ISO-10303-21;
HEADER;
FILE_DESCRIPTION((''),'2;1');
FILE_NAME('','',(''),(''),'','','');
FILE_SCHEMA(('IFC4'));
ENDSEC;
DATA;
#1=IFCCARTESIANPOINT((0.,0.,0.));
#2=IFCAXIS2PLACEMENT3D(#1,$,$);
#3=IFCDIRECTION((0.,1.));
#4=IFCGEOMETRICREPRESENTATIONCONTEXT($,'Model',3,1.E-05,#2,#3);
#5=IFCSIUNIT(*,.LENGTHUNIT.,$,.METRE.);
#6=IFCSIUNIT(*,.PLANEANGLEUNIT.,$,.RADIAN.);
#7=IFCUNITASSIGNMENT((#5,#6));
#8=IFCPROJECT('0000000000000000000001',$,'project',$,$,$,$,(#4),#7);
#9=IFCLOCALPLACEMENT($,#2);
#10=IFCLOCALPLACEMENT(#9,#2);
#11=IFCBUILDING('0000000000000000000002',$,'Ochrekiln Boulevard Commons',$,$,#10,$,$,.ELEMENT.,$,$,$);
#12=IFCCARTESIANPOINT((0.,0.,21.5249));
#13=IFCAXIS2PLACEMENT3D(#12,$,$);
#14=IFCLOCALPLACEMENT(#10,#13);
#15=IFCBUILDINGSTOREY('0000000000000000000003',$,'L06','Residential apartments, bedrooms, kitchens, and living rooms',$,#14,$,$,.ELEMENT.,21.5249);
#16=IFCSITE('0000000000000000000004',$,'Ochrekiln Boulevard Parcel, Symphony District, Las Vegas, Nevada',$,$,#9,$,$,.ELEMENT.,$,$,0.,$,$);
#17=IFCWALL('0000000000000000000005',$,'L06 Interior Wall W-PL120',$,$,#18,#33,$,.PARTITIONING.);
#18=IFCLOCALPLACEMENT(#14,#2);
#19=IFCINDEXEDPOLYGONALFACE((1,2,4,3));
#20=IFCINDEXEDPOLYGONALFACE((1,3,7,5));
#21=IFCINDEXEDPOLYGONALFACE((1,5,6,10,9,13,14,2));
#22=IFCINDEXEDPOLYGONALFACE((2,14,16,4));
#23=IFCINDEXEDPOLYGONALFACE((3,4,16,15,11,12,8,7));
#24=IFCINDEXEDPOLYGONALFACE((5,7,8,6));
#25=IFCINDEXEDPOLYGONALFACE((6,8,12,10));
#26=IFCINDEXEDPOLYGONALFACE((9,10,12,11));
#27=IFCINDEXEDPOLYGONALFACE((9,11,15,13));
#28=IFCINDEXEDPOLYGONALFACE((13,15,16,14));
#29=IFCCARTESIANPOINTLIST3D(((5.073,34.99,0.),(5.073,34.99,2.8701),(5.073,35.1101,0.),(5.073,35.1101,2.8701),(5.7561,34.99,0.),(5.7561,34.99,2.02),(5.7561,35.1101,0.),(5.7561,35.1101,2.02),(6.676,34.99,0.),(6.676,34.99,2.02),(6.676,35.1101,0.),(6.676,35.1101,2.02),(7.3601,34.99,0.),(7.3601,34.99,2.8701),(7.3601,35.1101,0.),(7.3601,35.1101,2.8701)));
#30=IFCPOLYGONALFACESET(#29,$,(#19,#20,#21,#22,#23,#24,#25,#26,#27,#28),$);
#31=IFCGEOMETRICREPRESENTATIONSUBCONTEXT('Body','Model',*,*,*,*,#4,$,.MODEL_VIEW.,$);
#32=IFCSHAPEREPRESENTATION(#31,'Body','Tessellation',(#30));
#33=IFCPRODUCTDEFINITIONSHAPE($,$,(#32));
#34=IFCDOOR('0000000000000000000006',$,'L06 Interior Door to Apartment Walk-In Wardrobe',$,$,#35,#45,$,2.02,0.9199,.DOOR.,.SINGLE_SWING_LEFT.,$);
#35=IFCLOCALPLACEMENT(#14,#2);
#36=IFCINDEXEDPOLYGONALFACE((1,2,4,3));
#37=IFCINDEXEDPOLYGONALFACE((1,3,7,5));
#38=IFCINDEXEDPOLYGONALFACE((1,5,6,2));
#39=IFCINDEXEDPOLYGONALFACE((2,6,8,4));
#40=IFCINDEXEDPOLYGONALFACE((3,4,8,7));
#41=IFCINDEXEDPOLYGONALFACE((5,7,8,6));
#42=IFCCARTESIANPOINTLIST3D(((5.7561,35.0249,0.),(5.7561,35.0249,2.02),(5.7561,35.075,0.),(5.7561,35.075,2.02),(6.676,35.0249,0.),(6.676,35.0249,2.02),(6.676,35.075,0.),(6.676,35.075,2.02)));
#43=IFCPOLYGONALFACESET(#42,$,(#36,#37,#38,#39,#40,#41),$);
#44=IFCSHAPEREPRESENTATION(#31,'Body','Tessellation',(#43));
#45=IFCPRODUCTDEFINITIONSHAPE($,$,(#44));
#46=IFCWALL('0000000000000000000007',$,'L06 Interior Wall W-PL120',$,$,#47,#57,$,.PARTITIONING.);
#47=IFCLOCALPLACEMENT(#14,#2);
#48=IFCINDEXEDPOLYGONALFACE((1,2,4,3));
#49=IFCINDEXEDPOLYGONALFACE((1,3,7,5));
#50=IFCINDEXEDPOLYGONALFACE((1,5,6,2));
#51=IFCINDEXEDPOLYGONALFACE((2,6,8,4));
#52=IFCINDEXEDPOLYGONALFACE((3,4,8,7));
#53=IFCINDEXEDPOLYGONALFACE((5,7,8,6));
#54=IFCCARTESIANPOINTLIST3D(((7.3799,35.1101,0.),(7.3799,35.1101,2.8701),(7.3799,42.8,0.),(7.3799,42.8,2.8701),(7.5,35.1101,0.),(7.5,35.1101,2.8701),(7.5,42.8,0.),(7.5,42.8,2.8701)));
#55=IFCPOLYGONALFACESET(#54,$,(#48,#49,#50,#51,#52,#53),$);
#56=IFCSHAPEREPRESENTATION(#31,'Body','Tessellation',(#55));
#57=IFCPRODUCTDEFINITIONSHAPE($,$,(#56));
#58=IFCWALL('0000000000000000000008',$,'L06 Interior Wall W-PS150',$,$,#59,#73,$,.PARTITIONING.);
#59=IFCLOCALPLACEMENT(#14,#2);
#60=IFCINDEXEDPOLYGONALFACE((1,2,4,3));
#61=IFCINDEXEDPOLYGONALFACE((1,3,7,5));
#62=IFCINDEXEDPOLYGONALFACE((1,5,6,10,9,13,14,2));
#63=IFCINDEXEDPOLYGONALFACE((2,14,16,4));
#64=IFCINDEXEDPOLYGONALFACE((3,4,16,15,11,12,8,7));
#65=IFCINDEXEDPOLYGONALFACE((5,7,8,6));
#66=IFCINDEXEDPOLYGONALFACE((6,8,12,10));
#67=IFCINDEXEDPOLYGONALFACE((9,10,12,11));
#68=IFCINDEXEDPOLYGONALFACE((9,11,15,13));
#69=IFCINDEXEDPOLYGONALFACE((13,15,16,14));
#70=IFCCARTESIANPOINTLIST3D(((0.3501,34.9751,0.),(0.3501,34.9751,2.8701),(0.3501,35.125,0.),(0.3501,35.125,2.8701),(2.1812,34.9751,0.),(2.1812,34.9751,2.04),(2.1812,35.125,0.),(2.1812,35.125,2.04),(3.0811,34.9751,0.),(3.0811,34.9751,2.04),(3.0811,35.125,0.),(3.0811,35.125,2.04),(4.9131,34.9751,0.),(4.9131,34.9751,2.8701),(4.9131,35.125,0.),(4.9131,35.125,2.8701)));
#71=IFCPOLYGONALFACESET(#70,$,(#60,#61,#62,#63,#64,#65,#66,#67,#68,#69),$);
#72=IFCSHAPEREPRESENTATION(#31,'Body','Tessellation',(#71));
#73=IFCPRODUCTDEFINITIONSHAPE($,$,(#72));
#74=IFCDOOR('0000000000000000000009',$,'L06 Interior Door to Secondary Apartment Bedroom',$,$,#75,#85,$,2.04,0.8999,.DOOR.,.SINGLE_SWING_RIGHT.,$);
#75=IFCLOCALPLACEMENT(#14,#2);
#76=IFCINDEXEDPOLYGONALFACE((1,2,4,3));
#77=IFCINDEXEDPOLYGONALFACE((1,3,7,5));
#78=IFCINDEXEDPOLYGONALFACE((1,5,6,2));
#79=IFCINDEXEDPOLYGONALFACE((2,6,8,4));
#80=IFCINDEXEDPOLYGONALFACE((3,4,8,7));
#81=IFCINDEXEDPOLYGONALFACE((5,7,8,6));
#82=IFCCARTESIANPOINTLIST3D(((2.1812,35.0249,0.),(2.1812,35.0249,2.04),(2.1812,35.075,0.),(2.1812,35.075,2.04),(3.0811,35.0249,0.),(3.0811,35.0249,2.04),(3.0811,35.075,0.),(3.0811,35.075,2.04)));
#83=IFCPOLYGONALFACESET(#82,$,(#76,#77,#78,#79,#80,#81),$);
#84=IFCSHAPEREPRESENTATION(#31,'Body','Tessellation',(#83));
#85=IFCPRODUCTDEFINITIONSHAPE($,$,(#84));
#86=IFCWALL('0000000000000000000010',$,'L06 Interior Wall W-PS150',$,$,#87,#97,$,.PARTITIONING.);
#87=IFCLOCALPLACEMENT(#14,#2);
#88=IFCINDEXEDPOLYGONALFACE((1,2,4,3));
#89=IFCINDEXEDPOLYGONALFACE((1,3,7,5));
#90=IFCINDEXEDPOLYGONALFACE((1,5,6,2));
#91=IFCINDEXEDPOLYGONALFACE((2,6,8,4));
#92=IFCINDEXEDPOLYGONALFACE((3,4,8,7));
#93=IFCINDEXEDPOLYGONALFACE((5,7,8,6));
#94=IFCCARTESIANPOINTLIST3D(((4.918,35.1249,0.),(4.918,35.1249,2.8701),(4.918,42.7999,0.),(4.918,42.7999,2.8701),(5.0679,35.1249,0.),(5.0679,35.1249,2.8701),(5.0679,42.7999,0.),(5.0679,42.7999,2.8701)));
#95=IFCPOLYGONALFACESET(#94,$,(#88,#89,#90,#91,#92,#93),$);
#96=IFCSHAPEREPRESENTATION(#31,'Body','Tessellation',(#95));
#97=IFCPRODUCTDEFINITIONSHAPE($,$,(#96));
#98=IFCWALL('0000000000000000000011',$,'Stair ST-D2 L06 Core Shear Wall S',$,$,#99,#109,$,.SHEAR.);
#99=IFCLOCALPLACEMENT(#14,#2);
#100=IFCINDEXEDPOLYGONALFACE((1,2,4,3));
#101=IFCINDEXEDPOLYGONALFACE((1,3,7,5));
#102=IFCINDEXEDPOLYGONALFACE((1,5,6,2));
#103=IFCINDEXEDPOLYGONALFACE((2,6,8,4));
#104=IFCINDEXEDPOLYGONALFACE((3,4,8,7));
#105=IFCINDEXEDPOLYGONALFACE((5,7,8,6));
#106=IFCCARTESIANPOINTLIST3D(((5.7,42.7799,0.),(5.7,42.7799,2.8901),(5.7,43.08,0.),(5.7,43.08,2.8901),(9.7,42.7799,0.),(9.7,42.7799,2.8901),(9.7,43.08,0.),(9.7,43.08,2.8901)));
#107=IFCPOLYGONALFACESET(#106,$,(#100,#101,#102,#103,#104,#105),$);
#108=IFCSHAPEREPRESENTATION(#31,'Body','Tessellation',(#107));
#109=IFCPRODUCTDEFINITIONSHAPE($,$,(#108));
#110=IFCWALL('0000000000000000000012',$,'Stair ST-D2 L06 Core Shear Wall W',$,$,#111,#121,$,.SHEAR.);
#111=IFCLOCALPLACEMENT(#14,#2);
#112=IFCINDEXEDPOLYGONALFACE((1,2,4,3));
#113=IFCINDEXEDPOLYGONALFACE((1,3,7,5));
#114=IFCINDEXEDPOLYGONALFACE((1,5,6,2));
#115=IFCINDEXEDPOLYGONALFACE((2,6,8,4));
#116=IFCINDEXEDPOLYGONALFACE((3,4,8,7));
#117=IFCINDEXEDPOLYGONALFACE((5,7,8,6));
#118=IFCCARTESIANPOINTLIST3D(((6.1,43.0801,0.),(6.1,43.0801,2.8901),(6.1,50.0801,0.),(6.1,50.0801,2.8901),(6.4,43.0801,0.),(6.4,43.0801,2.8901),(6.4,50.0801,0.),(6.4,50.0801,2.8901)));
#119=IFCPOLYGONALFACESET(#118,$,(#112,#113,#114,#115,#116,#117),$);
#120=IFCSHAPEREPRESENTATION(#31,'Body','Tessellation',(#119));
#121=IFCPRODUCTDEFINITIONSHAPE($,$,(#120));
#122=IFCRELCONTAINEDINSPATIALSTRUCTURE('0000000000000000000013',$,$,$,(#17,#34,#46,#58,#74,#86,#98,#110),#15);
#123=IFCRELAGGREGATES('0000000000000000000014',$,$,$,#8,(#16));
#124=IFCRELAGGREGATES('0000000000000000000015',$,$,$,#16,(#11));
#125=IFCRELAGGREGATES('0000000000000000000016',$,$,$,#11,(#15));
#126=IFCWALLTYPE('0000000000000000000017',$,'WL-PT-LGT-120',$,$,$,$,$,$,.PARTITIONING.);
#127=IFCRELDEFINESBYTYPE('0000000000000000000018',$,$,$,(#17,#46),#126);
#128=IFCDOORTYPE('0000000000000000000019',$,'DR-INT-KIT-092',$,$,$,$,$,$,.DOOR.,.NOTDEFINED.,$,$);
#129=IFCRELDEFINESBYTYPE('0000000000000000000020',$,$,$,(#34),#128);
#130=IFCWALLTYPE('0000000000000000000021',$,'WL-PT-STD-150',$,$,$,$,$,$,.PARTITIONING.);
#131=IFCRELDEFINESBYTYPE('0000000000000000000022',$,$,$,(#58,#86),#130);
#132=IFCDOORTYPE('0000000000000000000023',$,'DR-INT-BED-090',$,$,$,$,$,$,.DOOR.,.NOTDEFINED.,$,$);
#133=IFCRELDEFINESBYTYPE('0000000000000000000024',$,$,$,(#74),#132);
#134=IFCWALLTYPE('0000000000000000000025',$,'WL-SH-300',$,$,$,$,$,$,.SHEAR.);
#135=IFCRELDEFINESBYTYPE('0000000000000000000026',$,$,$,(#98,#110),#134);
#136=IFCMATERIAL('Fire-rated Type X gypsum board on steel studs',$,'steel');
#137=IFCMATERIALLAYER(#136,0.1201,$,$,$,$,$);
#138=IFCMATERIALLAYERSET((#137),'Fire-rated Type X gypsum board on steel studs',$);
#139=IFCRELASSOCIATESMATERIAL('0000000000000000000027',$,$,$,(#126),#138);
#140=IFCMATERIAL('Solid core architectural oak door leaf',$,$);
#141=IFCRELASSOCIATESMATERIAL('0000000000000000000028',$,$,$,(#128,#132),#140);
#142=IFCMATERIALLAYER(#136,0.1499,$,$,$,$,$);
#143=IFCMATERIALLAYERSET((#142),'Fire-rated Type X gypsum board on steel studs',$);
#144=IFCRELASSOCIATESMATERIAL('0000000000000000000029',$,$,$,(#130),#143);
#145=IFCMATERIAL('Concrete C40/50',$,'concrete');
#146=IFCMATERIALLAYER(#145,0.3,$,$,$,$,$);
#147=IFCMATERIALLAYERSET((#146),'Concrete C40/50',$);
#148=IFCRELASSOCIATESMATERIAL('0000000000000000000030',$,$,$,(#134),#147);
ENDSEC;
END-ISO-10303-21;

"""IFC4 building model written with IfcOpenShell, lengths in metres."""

from ifc_helpers import new_model, si_unit, direction, frame, frame_2d, origin, place, context, subcontext, project, spatial, rectangle, extrude, material, layer, layer_set, type_object, element, fill, save


model = new_model("IFC4")

# Units and contexts
model_context = context("Model", 3, precision=1e-05, world=origin(), true_north=direction((0.0, 1.0)))
body_context = subcontext(model_context, "Body", "Model", "MODEL_VIEW")
ifc_project = project(units=[si_unit("LENGTHUNIT", "METRE"), si_unit("PLANEANGLEUNIT", "RADIAN")], contexts=[model_context])

# Site, building, storey
site_placement = place(None, origin())
site = spatial("IfcSite", under=ifc_project, at=site_placement, Name="Ochrekiln Boulevard Parcel, Symphony District, Las Vegas, Nevada", CompositionType="ELEMENT", RefElevation=0.0)
building_placement = place(site_placement, origin())
building = spatial("IfcBuilding", under=site, at=building_placement, Name="Ochrekiln Boulevard Commons", CompositionType="ELEMENT")
storey_placement = place(building_placement, frame((0.0, 0.0, 21.5249)))
storey = spatial("IfcBuildingStorey", under=building, at=storey_placement, Name="L06", Description="Residential apartments, bedrooms, kitchens, and living rooms", CompositionType="ELEMENT", Elevation=21.5249)

# Shared definitions
ifc_material_1 = material(Name="Concrete C40/50", Category="concrete")

# Wall, opening, door
ifc_material_2 = material(Name="Solid core architectural oak door leaf")
ifc_material_3 = material(Name="Fire-rated Type X gypsum board on steel studs", Category="steel")
ifc_layer_1 = layer(ifc_material_3, 0.1201)
ifc_layer_set_1 = layer_set([ifc_layer_1], Name="Fire-rated Type X gypsum board on steel studs")
wall_type_1 = type_object("IfcWallType", Name="WL-PT-LGT-120", PredefinedType="PARTITIONING", material=ifc_layer_set_1)
door_type_1 = type_object("IfcDoorType", Name="DR-INT-KIT-092", OperationType="NOTDEFINED", PredefinedType="DOOR", material=ifc_material_2)
wall_1_placement = place(storey_placement, frame((5.073, 35.05, 0.0), z_axis=(0.0, 0.0, 1.0), x_axis=(1.0, 0.0, 0.0)))
wall_1 = element("IfcWall", 1, at=wall_1_placement, inside=storey, type_object=wall_type_1, Name="L06 Interior Wall W-PL120", PredefinedType="PARTITIONING", context=body_context, shape_type="SweptSolid", body=[
    extrude(rectangle(XDim=2.2871, YDim=0.1201, at=frame_2d((1.1436, 0.0))), origin(), (0.0, 0.0, 1.0), 2.8701),
])
opening_1_placement = place(wall_1_placement, frame((0.6831, 0.0, 0.0)))
opening_1 = element("IfcOpeningElement", 2, at=opening_1_placement, cuts=wall_1, PredefinedType="OPENING", context=body_context, shape_type="SweptSolid", body=[
    extrude(rectangle(XDim=0.9199, YDim=2.02, at=frame_2d((0.46, 1.01))), frame((0.0, 0.0701, 0.0), z_axis=(0.0, -1.0, 0.0), x_axis=(1.0, 0.0, 0.0)), (0.0, 0.0, 1.0), 0.1401),
])
door_1_placement = place(opening_1_placement, origin())
door_1 = element("IfcDoor", 3, at=door_1_placement, inside=storey, type_object=door_type_1, Name="L06 Interior Door to Apartment Walk-In Wardrobe", OperationType="SINGLE_SWING_LEFT", OverallHeight=2.02, OverallWidth=0.9199, PredefinedType="DOOR", context=body_context, shape_type="SweptSolid", body=[
    extrude(rectangle(XDim=0.9199, YDim=2.02, at=frame_2d((0.46, 1.01))), frame((0.0, 0.0249, 0.0), z_axis=(0.0, -1.0, 0.0), x_axis=(1.0, 0.0, 0.0)), (0.0, 0.0, 1.0), 0.05),
])
fill(opening_1, door_1)

# Wall
wall_2_placement = place(storey_placement, frame((7.4399, 35.1101, 0.0), z_axis=(0.0, 0.0, 1.0), x_axis=(0.0, 1.0, 0.0)))
element("IfcWall", 4, at=wall_2_placement, inside=storey, type_object=wall_type_1, Name="L06 Interior Wall W-PL120", PredefinedType="PARTITIONING", context=body_context, shape_type="SweptSolid", body=[
    extrude(rectangle(XDim=7.6899, YDim=0.1201, at=frame_2d((3.845, 0.0))), origin(), (0.0, 0.0, 1.0), 2.8701),
])

# Wall, opening, door
ifc_layer_2 = layer(ifc_material_3, 0.1499)
ifc_layer_set_2 = layer_set([ifc_layer_2], Name="Fire-rated Type X gypsum board on steel studs")
wall_type_2 = type_object("IfcWallType", Name="WL-PT-STD-150", PredefinedType="PARTITIONING", material=ifc_layer_set_2)
wall_3_placement = place(storey_placement, frame((0.3501, 35.05, 0.0), z_axis=(0.0, 0.0, 1.0), x_axis=(1.0, 0.0, 0.0)))
wall_3 = element("IfcWall", 5, at=wall_3_placement, inside=storey, type_object=wall_type_2, Name="L06 Interior Wall W-PS150", PredefinedType="PARTITIONING", context=body_context, shape_type="SweptSolid", body=[
    extrude(rectangle(XDim=4.563, YDim=0.1499, at=frame_2d((2.2815, 0.0))), origin(), (0.0, 0.0, 1.0), 2.8701),
])
opening_2_placement = place(wall_3_placement, frame((1.8311, 0.0, 0.0)))
opening_2 = element("IfcOpeningElement", 6, at=opening_2_placement, cuts=wall_3, PredefinedType="OPENING", context=body_context, shape_type="SweptSolid", body=[
    extrude(rectangle(XDim=0.8999, YDim=2.04, at=frame_2d((0.45, 1.02))), frame((0.0, 0.085, 0.0), z_axis=(0.0, -1.0, 0.0), x_axis=(1.0, 0.0, 0.0)), (0.0, 0.0, 1.0), 0.1699),
])
door_type_2 = type_object("IfcDoorType", Name="DR-INT-BED-090", OperationType="NOTDEFINED", PredefinedType="DOOR", material=ifc_material_2)
door_2_placement = place(opening_2_placement, origin())
door_2 = element("IfcDoor", 7, at=door_2_placement, inside=storey, type_object=door_type_2, Name="L06 Interior Door to Secondary Apartment Bedroom", OperationType="SINGLE_SWING_RIGHT", OverallHeight=2.04, OverallWidth=0.8999, PredefinedType="DOOR", context=body_context, shape_type="SweptSolid", body=[
    extrude(rectangle(XDim=0.8999, YDim=2.04, at=frame_2d((0.45, 1.02))), frame((0.0, 0.0249, 0.0), z_axis=(0.0, -1.0, 0.0), x_axis=(1.0, 0.0, 0.0)), (0.0, 0.0, 1.0), 0.05),
])
fill(opening_2, door_2)

# Walls
wall_4_placement = place(storey_placement, frame((4.9929, 35.125, 0.0), z_axis=(0.0, 0.0, 1.0), x_axis=(0.0, 1.0, 0.0)))
element("IfcWall", 8, at=wall_4_placement, inside=storey, type_object=wall_type_2, Name="L06 Interior Wall W-PS150", PredefinedType="PARTITIONING", context=body_context, shape_type="SweptSolid", body=[
    extrude(rectangle(XDim=7.675, YDim=0.1499, at=frame_2d((3.8374, 0.0))), origin(), (0.0, 0.0, 1.0), 2.8701),
])
ifc_layer_3 = layer(ifc_material_1, 0.3)
ifc_layer_set_3 = layer_set([ifc_layer_3], Name="Concrete C40/50")
wall_type_3 = type_object("IfcWallType", Name="WL-SH-300", PredefinedType="SHEAR", material=ifc_layer_set_3)
wall_5_placement = place(storey_placement, frame((5.7, 42.9299, 0.0), z_axis=(0.0, 0.0, 1.0), x_axis=(1.0, 0.0, 0.0)))
element("IfcWall", 9, at=wall_5_placement, inside=storey, type_object=wall_type_3, Name="Stair ST-D2 L06 Core Shear Wall S", PredefinedType="SHEAR", context=body_context, shape_type="SweptSolid", body=[
    extrude(rectangle(XDim=4.0, YDim=0.3, at=frame_2d((2.0, 0.0))), origin(), (0.0, 0.0, 1.0), 2.8901),
])
wall_6_placement = place(storey_placement, frame((6.25, 43.0801, 0.0), z_axis=(0.0, 0.0, 1.0), x_axis=(0.0, 1.0, 0.0)))
element("IfcWall", 10, at=wall_6_placement, inside=storey, type_object=wall_type_3, Name="Stair ST-D2 L06 Core Shear Wall W", PredefinedType="SHEAR", context=body_context, shape_type="SweptSolid", body=[
    extrude(rectangle(XDim=7.0, YDim=0.3, at=frame_2d((3.5, 0.0))), origin(), (0.0, 0.0, 1.0), 2.8901),
])

save(model, "model.ifc")
